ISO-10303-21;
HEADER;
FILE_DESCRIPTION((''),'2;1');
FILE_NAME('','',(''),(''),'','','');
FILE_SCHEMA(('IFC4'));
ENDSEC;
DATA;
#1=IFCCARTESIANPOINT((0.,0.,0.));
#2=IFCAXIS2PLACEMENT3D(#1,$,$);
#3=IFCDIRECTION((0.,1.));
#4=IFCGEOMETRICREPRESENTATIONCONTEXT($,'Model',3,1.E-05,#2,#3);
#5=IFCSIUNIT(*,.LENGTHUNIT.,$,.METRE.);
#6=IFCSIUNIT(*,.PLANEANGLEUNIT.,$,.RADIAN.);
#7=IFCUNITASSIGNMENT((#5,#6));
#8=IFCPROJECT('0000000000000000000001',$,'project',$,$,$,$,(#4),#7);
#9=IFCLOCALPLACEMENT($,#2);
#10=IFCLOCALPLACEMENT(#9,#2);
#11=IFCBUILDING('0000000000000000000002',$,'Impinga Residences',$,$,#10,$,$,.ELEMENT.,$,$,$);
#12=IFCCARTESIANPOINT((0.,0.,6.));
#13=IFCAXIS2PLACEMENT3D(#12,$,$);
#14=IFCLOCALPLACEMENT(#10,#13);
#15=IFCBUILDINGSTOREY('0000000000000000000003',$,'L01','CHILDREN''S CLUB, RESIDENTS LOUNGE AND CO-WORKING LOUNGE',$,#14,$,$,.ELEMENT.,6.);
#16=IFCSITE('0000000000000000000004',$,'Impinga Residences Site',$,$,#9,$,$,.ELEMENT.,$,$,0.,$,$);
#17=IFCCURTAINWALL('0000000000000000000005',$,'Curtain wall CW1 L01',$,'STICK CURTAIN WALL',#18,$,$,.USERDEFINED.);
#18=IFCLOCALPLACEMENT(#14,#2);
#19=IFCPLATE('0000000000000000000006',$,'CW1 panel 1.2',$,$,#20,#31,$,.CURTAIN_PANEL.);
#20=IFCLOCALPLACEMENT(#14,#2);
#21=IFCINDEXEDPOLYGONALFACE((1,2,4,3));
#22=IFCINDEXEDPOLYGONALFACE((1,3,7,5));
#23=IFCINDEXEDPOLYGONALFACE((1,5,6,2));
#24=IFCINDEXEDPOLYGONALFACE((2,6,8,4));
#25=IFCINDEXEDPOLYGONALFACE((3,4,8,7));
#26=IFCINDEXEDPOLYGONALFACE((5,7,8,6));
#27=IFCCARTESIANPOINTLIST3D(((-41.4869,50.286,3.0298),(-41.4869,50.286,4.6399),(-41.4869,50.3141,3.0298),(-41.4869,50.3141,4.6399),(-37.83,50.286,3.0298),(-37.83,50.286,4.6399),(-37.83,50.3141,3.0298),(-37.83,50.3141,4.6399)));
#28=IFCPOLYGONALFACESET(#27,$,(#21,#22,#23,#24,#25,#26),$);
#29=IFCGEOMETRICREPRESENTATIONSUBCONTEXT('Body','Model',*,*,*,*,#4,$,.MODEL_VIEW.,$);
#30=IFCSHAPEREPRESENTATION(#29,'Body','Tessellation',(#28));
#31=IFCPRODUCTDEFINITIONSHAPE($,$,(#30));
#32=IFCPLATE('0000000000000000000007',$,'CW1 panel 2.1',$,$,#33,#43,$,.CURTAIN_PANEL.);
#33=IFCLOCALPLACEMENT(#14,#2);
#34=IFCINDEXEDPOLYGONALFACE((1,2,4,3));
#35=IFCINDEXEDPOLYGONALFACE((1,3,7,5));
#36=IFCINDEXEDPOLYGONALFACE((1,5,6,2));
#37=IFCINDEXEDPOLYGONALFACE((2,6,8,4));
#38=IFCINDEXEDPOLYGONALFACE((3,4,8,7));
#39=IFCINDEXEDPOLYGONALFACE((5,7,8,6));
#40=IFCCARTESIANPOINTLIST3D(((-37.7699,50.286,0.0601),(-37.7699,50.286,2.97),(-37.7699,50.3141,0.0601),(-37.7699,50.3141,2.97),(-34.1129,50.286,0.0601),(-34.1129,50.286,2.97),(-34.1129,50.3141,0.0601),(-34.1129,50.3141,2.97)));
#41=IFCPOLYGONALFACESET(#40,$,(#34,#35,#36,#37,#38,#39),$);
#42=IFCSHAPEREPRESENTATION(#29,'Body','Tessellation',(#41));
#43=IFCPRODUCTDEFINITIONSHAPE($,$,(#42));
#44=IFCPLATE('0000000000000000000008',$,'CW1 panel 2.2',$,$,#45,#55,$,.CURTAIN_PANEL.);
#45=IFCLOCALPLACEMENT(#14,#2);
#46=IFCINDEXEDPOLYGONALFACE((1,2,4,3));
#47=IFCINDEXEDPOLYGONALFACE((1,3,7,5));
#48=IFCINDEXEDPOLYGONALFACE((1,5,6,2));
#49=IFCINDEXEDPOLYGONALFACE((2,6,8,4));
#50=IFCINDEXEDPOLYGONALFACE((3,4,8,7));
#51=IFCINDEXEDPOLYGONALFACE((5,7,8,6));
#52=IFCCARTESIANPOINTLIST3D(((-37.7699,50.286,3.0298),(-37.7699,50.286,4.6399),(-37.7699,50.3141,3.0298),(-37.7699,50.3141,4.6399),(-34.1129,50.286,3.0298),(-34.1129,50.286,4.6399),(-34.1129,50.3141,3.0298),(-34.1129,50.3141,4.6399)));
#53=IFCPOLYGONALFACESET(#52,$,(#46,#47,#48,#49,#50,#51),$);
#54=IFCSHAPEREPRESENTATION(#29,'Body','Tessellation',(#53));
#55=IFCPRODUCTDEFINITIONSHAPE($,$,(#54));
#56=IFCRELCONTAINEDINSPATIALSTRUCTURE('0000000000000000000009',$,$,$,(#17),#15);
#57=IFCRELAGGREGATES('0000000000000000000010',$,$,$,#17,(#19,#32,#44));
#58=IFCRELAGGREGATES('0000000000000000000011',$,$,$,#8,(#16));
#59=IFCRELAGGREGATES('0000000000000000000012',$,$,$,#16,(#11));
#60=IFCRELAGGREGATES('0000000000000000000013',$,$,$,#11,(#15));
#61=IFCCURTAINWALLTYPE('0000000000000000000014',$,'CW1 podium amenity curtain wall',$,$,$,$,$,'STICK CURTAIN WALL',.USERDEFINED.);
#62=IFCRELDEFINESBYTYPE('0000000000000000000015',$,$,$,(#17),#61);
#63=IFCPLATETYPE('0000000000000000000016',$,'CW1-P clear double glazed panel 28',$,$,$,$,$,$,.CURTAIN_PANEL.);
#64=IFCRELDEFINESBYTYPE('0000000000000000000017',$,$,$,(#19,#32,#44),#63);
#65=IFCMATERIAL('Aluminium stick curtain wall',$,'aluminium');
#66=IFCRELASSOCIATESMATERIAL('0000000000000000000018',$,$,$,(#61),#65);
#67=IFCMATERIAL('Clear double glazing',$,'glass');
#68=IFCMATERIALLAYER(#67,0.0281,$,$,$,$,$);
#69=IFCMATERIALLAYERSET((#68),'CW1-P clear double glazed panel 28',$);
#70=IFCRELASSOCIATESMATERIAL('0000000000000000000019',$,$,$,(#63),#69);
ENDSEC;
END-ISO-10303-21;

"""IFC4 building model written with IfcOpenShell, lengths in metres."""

from ifc_helpers import new_model, si_unit, direction, frame, origin, origin_2d, place, context, subcontext, project, spatial, rectangle, extrude, material, layer, layer_set, type_object, element, aggregate, save


model = new_model("IFC4")

# Units and contexts
model_context = context("Model", 3, precision=1e-05, world=origin(), true_north=direction((0.0, 1.0)))
body_context = subcontext(model_context, "Body", "Model", "MODEL_VIEW")
ifc_project = project(units=[si_unit("LENGTHUNIT", "METRE"), si_unit("PLANEANGLEUNIT", "RADIAN")], contexts=[model_context])

# Site, building, storey
site_placement = place(None, origin())
site = spatial("IfcSite", under=ifc_project, at=site_placement, Name="Impinga Residences Site", CompositionType="ELEMENT", RefElevation=0.0)
building_placement = place(site_placement, origin())
building = spatial("IfcBuilding", under=site, at=building_placement, Name="Impinga Residences", CompositionType="ELEMENT")
storey_placement = place(building_placement, frame((0.0, 0.0, 6.0)))
storey = spatial("IfcBuildingStorey", under=building, at=storey_placement, Name="L01", Description="CHILDREN'S CLUB, RESIDENTS LOUNGE AND CO-WORKING LOUNGE", CompositionType="ELEMENT", Elevation=6.0)

# Shared definitions
ifc_material_1 = material(Name="Aluminium stick curtain wall", Category="aluminium")
curtain_wall_type = type_object("IfcCurtainWallType", Name="CW1 podium amenity curtain wall", ElementType="STICK CURTAIN WALL", PredefinedType="USERDEFINED", material=ifc_material_1)

# Curtain wall
curtain_wall_1_placement = place(storey_placement, origin())
curtain_wall_1 = element("IfcCurtainWall", 1, at=curtain_wall_1_placement, inside=storey, type_object=curtain_wall_type, Name="Curtain wall CW1 L01", ObjectType="STICK CURTAIN WALL", PredefinedType="USERDEFINED")

# Plates
ifc_material_2 = material(Name="Clear double glazing", Category="glass")
ifc_layer = layer(ifc_material_2, 0.0281)
ifc_layer_set = layer_set([ifc_layer], Name="CW1-P clear double glazed panel 28")
plate_type = type_object("IfcPlateType", Name="CW1-P clear double glazed panel 28", PredefinedType="CURTAIN_PANEL", material=ifc_layer_set)
plate_1_placement = place(storey_placement, frame((-39.6584, 50.3, 3.0298), z_axis=(0.0, 0.0, 1.0), x_axis=(1.0, 0.0, 0.0)))
plate_1 = element("IfcPlate", 2, at=plate_1_placement, type_object=plate_type, Name="CW1 panel 1.2", PredefinedType="CURTAIN_PANEL", context=body_context, shape_type="SweptSolid", body=[
    extrude(rectangle(XDim=3.657, YDim=0.0281, at=origin_2d()), origin(), (0.0, 0.0, 1.0), 1.6101),
])
plate_2_placement = place(storey_placement, frame((-35.9414, 50.3, 0.0601), z_axis=(0.0, 0.0, 1.0), x_axis=(1.0, 0.0, 0.0)))
plate_2 = element("IfcPlate", 3, at=plate_2_placement, type_object=plate_type, Name="CW1 panel 2.1", PredefinedType="CURTAIN_PANEL", context=body_context, shape_type="SweptSolid", body=[
    extrude(rectangle(XDim=3.657, YDim=0.0281, at=origin_2d()), origin(), (0.0, 0.0, 1.0), 2.9099),
])
plate_3_placement = place(storey_placement, frame((-35.9414, 50.3, 3.0298), z_axis=(0.0, 0.0, 1.0), x_axis=(1.0, 0.0, 0.0)))
plate_3 = element("IfcPlate", 4, at=plate_3_placement, type_object=plate_type, Name="CW1 panel 2.2", PredefinedType="CURTAIN_PANEL", context=body_context, shape_type="SweptSolid", body=[
    extrude(rectangle(XDim=3.657, YDim=0.0281, at=origin_2d()), origin(), (0.0, 0.0, 1.0), 1.6101),
])
aggregate(curtain_wall_1, [plate_1, plate_2, plate_3])

save(model, "model.ifc")
